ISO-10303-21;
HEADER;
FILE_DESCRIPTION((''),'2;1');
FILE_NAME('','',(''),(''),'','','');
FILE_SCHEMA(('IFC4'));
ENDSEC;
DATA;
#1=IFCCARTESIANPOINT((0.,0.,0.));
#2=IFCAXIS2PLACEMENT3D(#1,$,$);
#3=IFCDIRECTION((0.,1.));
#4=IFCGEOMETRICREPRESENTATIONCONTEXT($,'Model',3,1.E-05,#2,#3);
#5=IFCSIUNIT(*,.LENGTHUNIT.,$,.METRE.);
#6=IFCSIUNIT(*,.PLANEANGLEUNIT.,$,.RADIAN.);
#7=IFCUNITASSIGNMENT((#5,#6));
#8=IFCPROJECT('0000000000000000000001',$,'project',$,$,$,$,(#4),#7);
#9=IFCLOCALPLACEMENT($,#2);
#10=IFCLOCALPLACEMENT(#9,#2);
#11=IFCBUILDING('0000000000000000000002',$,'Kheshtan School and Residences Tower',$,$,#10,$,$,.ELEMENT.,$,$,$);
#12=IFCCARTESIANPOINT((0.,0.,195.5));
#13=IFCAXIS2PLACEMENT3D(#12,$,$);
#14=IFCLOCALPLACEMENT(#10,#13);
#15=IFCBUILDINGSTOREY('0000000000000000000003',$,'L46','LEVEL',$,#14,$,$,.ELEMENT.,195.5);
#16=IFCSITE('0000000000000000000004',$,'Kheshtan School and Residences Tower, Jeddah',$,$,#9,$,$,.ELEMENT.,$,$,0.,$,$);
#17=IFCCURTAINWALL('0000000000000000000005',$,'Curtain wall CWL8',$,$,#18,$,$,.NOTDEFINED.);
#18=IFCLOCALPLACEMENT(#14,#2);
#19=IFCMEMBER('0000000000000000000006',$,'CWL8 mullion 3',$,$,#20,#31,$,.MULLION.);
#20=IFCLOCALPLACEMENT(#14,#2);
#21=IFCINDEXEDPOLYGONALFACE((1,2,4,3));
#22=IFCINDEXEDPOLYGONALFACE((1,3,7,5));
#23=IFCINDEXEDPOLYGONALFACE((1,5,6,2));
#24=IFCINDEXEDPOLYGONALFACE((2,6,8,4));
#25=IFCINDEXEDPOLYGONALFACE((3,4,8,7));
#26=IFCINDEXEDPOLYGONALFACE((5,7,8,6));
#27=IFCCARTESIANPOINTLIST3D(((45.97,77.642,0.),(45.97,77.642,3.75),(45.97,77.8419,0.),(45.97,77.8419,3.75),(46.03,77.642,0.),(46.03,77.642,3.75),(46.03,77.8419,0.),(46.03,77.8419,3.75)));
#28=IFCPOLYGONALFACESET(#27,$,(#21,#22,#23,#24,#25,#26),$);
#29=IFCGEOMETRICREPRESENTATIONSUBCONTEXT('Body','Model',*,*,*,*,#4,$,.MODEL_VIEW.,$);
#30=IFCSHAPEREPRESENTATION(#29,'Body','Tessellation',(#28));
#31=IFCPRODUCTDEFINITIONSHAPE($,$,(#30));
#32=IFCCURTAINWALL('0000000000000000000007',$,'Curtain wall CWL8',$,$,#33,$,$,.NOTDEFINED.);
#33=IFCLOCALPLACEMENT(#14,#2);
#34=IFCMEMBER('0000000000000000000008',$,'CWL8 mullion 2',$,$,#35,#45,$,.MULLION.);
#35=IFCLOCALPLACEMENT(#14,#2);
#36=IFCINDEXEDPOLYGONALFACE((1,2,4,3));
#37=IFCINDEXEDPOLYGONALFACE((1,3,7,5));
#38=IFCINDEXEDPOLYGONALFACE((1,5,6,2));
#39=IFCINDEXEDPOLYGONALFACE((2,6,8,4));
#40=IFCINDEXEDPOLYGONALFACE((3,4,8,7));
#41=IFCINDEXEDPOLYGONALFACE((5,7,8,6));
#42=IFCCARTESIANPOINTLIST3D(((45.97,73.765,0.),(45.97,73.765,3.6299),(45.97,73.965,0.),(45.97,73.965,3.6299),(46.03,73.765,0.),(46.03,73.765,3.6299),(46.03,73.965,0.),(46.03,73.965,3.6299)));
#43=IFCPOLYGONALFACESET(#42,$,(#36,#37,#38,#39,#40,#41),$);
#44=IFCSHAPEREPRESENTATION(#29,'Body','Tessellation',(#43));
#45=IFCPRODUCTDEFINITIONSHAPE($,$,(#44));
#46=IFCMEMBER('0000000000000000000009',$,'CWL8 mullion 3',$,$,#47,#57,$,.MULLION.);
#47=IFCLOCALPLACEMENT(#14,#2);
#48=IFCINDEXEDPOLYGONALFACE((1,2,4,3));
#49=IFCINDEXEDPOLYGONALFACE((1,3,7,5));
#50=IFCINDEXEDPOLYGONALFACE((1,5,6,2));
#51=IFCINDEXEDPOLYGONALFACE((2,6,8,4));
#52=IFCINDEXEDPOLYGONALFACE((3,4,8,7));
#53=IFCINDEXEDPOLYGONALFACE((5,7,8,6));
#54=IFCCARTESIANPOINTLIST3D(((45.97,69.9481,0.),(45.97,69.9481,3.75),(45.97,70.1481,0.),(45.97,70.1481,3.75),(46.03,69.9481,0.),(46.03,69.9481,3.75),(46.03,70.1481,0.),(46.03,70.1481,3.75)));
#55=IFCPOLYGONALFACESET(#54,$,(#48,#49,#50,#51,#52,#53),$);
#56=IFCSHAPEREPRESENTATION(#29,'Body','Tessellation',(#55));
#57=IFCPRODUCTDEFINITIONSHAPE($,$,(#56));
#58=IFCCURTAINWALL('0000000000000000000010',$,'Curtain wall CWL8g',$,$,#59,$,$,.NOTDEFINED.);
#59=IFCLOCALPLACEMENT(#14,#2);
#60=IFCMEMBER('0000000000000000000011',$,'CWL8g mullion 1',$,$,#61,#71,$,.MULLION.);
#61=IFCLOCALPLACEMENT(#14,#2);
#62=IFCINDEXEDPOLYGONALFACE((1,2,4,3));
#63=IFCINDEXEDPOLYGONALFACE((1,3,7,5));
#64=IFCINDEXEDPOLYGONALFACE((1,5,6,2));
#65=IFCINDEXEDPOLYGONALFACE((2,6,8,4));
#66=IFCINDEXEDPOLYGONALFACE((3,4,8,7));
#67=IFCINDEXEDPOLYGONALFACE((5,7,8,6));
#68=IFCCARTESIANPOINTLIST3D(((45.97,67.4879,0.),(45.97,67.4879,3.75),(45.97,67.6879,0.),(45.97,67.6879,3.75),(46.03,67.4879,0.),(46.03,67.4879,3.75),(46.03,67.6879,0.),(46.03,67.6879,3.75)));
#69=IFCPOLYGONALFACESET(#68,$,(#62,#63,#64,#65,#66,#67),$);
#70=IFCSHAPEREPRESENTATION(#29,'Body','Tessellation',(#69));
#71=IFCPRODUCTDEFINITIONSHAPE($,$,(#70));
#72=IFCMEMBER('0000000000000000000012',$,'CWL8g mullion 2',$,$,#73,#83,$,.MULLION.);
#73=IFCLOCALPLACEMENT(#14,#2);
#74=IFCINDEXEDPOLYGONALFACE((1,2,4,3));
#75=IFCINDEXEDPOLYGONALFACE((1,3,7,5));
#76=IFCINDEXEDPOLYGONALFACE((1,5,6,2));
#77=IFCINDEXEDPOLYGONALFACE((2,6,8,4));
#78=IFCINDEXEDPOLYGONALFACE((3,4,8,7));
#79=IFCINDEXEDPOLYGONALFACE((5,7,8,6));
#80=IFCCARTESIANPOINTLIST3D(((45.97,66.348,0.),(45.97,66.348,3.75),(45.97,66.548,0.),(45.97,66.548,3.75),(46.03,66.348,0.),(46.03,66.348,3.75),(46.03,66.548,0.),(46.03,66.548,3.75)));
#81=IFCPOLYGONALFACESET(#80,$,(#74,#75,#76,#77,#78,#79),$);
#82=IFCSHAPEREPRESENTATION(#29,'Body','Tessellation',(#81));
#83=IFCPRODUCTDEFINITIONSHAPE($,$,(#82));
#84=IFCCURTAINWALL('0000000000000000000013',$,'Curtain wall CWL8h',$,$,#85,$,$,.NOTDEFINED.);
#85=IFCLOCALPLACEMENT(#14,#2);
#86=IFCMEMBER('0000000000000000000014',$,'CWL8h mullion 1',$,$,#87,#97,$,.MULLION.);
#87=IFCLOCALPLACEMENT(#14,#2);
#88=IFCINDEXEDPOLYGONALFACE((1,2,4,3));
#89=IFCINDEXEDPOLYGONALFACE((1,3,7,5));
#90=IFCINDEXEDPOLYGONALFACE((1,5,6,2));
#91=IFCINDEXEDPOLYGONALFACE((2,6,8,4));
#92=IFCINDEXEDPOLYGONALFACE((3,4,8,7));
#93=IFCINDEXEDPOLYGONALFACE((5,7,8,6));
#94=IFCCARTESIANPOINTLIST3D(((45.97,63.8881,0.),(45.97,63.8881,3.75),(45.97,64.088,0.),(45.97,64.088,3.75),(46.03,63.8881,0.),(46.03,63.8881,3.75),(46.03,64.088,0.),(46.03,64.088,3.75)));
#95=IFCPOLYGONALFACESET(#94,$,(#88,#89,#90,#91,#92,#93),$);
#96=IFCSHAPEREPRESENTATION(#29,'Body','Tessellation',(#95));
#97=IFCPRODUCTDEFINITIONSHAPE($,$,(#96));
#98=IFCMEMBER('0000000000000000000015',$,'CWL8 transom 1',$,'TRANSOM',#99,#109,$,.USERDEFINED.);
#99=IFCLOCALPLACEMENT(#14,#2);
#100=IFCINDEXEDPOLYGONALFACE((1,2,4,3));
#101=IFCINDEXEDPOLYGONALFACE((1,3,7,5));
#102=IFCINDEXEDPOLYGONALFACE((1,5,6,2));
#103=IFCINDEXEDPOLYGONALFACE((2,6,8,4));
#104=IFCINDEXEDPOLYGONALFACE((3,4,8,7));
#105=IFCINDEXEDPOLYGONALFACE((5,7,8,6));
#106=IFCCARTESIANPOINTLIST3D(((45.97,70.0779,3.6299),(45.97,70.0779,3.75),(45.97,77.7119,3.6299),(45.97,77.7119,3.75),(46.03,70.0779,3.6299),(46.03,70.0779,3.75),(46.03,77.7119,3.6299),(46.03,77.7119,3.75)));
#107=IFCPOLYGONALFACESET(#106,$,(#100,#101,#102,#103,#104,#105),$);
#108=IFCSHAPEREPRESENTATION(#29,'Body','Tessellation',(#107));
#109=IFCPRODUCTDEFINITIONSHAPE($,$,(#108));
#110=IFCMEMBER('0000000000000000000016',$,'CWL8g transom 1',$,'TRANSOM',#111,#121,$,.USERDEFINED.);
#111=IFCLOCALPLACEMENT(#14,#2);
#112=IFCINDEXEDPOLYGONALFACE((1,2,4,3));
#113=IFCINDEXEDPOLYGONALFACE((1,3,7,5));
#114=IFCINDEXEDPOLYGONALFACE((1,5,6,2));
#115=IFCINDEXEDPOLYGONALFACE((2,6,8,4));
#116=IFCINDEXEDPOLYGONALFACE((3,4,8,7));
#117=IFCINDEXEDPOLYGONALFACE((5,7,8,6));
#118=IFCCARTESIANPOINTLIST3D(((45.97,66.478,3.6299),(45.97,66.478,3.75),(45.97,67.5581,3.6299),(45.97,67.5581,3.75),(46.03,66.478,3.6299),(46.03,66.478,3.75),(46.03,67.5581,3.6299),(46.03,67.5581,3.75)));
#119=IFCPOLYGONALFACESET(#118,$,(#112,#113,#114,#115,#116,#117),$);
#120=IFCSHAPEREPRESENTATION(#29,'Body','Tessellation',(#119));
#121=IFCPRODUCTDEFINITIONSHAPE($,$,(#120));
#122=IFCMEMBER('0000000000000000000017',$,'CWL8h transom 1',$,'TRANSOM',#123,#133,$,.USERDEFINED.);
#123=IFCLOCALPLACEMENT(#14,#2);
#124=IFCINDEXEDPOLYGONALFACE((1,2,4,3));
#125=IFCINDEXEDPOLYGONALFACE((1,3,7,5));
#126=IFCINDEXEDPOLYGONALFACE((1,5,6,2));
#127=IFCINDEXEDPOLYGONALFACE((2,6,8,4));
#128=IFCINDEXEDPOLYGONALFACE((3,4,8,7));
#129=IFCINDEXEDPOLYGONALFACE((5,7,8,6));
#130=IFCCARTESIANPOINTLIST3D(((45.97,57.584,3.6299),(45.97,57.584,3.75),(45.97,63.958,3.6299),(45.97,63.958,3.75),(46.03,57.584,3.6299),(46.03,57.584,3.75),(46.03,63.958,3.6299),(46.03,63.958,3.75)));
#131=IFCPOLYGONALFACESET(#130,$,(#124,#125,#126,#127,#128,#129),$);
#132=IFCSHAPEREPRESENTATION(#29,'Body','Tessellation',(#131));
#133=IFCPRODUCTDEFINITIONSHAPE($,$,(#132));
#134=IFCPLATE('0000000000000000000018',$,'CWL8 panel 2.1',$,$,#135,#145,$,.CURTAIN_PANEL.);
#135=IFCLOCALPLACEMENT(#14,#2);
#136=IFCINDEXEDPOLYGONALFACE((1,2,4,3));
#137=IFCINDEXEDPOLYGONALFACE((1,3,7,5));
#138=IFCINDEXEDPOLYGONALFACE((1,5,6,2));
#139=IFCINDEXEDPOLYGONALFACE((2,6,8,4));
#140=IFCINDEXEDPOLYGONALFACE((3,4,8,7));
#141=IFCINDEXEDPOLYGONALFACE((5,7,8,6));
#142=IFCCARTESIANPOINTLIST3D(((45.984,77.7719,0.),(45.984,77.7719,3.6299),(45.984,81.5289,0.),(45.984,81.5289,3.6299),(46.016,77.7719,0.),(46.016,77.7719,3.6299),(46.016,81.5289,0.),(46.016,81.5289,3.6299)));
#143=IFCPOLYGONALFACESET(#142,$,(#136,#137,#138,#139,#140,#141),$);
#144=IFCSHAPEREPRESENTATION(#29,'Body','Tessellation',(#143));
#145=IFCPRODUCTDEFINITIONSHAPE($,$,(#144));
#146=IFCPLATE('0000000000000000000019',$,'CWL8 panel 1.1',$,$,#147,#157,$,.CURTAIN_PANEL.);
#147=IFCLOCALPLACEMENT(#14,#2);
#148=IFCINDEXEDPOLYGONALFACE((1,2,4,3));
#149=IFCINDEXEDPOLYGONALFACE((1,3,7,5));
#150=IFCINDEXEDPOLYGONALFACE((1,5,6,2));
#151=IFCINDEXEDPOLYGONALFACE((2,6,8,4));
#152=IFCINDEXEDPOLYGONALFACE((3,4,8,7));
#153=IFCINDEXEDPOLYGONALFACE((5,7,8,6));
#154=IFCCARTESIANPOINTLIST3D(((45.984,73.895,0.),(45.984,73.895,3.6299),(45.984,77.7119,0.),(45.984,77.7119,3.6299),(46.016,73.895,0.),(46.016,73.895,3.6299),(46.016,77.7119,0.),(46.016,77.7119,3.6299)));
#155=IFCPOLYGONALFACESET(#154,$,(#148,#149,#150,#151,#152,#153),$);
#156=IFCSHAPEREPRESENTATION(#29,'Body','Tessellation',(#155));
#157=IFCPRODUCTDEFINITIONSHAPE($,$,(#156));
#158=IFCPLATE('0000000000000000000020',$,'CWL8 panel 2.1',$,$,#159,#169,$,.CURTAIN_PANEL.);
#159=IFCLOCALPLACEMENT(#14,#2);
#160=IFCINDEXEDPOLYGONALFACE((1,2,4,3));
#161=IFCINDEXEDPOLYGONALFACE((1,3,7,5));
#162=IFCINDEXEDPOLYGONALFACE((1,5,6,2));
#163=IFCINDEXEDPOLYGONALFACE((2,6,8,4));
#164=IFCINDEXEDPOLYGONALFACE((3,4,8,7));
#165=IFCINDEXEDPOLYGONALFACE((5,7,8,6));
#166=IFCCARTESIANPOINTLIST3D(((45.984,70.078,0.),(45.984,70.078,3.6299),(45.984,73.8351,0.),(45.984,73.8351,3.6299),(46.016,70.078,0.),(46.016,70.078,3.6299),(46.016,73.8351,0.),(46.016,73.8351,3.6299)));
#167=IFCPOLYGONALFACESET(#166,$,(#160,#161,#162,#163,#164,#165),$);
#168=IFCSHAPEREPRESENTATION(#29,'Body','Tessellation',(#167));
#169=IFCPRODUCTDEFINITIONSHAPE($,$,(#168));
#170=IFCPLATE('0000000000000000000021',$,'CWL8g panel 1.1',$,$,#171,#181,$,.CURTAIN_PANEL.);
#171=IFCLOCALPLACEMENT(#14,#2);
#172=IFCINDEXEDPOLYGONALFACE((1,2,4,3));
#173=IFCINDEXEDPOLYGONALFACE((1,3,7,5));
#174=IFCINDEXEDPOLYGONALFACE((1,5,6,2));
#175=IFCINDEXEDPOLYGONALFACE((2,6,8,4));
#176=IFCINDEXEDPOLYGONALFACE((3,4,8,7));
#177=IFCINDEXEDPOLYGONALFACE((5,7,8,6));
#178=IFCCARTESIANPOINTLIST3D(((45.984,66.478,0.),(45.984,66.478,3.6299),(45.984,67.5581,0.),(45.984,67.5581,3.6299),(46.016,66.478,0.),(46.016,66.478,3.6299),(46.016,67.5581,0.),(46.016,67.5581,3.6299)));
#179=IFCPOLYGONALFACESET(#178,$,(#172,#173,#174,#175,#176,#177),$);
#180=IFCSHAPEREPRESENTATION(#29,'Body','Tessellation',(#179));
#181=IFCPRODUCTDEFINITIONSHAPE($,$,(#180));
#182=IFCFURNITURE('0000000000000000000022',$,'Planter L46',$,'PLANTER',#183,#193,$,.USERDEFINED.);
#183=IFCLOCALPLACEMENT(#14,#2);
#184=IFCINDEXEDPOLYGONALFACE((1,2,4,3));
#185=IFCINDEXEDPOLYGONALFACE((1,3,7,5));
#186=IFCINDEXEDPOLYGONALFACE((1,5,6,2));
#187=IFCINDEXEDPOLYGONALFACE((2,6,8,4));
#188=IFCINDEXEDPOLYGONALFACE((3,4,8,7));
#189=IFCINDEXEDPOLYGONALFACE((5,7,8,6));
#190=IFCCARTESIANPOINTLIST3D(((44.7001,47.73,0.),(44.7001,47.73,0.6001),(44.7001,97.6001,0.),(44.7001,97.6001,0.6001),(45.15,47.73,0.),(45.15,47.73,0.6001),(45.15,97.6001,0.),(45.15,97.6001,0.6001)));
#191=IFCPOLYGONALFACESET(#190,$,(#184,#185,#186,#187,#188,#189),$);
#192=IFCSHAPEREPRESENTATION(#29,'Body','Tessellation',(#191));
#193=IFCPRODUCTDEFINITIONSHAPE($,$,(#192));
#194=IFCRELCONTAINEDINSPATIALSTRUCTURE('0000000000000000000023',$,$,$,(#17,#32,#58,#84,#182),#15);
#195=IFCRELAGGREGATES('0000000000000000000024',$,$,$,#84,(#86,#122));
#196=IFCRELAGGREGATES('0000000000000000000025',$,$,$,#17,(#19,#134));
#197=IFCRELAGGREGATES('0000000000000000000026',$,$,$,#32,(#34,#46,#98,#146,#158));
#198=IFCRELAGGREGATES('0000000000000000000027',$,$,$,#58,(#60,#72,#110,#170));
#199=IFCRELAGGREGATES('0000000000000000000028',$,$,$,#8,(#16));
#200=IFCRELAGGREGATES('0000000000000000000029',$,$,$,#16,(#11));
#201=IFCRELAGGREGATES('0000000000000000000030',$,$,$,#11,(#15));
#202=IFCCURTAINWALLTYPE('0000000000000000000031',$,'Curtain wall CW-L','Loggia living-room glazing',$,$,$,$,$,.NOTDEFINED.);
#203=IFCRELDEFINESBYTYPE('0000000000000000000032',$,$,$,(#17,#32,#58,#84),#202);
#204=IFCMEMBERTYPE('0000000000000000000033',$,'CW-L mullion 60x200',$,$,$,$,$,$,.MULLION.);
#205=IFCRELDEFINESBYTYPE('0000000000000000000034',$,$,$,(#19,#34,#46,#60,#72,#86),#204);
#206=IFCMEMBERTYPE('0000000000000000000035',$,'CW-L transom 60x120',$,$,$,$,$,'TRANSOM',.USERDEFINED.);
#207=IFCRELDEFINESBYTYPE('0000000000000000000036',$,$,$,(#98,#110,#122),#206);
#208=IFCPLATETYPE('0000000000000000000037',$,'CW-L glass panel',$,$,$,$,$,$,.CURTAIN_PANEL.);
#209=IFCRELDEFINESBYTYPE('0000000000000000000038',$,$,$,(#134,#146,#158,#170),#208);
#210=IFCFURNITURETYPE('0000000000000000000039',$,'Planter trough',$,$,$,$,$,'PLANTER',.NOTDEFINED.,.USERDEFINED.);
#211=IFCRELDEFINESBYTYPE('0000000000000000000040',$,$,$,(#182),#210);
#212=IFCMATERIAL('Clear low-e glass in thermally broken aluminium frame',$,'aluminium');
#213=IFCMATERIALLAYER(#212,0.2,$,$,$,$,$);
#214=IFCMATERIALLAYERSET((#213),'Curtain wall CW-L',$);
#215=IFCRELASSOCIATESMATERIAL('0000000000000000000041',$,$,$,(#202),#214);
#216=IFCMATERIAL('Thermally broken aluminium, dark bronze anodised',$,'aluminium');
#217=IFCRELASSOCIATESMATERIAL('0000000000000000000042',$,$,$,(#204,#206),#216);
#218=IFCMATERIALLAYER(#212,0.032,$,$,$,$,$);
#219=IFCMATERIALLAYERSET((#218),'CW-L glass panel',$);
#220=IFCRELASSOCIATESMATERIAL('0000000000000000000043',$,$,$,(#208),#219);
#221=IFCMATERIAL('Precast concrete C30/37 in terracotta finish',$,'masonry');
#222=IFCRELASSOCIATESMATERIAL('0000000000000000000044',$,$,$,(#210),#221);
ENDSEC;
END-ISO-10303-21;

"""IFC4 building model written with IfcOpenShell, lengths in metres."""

from ifc_helpers import new_model, si_unit, direction, frame, origin, origin_2d, place, context, subcontext, project, spatial, rectangle, extrude, material, layer, layer_set, material_profile, profile_set, type_object, element, aggregate, save


model = new_model("IFC4")

# Units and contexts
model_context = context("Model", 3, precision=1e-05, world=origin(), true_north=direction((0.0, 1.0)))
body_context = subcontext(model_context, "Body", "Model", "MODEL_VIEW")
ifc_project = project(units=[si_unit("LENGTHUNIT", "METRE"), si_unit("PLANEANGLEUNIT", "RADIAN")], contexts=[model_context])

# Site, building, storey
site_placement = place(None, origin())
site = spatial("IfcSite", under=ifc_project, at=site_placement, Name="Kheshtan School and Residences Tower, Jeddah", CompositionType="ELEMENT", RefElevation=0.0)
building_placement = place(site_placement, origin())
building = spatial("IfcBuilding", under=site, at=building_placement, Name="Kheshtan School and Residences Tower", CompositionType="ELEMENT")
storey_placement = place(building_placement, frame((0.0, 0.0, 195.5)))
storey = spatial("IfcBuildingStorey", under=building, at=storey_placement, Name="L46", Description="LEVEL", CompositionType="ELEMENT", Elevation=195.5)

# Curtain wall, member
ifc_material_1 = material(Name="Clear low-e glass in thermally broken aluminium frame", Category="aluminium")
ifc_layer_1 = layer(ifc_material_1, 0.2)
ifc_layer_set_1 = layer_set([ifc_layer_1], Name="Curtain wall CW-L")
curtain_wall_type = type_object("IfcCurtainWallType", Name="Curtain wall CW-L", Description="Loggia living-room glazing", PredefinedType="NOTDEFINED", material=ifc_layer_set_1)
curtain_wall_1_placement = place(storey_placement, origin())
curtain_wall_1 = element("IfcCurtainWall", 1, at=curtain_wall_1_placement, inside=storey, type_object=curtain_wall_type, Name="Curtain wall CWL8", PredefinedType="NOTDEFINED")
ifc_material_2 = material(Name="Thermally broken aluminium, dark bronze anodised", Category="aluminium")
ifc_material_profile_1 = material_profile(ifc_material_2, rectangle(XDim=0.0601, YDim=0.2, at=origin_2d()), Name="CW-L mullion 60x200")
ifc_profile_set_1 = profile_set([ifc_material_profile_1], Name="Thermally broken aluminium, dark bronze anodised")
member_type_1 = type_object("IfcMemberType", Name="CW-L mullion 60x200", PredefinedType="MULLION", material=ifc_profile_set_1)
member_1_placement = place(storey_placement, frame((46.0, 77.7419, 0.0), z_axis=(0.0, 0.0, 1.0), x_axis=(1.0, 0.0, 0.0)))
member_1 = element("IfcMember", 2, at=member_1_placement, type_object=member_type_1, Name="CWL8 mullion 3", PredefinedType="MULLION", context=body_context, shape_type="SweptSolid", body=[
    extrude(rectangle(XDim=0.0601, YDim=0.2, at=origin_2d()), origin(), (0.0, 0.0, 1.0), 3.75),
])

# Curtain walls, members
curtain_wall_2_placement = place(storey_placement, origin())
curtain_wall_2 = element("IfcCurtainWall", 3, at=curtain_wall_2_placement, inside=storey, type_object=curtain_wall_type, Name="Curtain wall CWL8", PredefinedType="NOTDEFINED")
member_2_placement = place(storey_placement, frame((46.0, 73.865, 0.0), z_axis=(0.0, 0.0, 1.0), x_axis=(1.0, 0.0, 0.0)))
member_2 = element("IfcMember", 4, at=member_2_placement, type_object=member_type_1, Name="CWL8 mullion 2", PredefinedType="MULLION", context=body_context, shape_type="SweptSolid", body=[
    extrude(rectangle(XDim=0.0601, YDim=0.2, at=origin_2d()), origin(), (0.0, 0.0, 1.0), 3.6299),
])
member_3_placement = place(storey_placement, frame((46.0, 70.0481, 0.0), z_axis=(0.0, 0.0, 1.0), x_axis=(1.0, 0.0, 0.0)))
member_3 = element("IfcMember", 5, at=member_3_placement, type_object=member_type_1, Name="CWL8 mullion 3", PredefinedType="MULLION", context=body_context, shape_type="SweptSolid", body=[
    extrude(rectangle(XDim=0.0601, YDim=0.2, at=origin_2d()), origin(), (0.0, 0.0, 1.0), 3.75),
])
curtain_wall_3_placement = place(storey_placement, origin())
curtain_wall_3 = element("IfcCurtainWall", 6, at=curtain_wall_3_placement, inside=storey, type_object=curtain_wall_type, Name="Curtain wall CWL8g", PredefinedType="NOTDEFINED")
member_4_placement = place(storey_placement, frame((46.0, 67.5879, 0.0), z_axis=(0.0, 0.0, 1.0), x_axis=(1.0, 0.0, 0.0)))
member_4 = element("IfcMember", 7, at=member_4_placement, type_object=member_type_1, Name="CWL8g mullion 1", PredefinedType="MULLION", context=body_context, shape_type="SweptSolid", body=[
    extrude(rectangle(XDim=0.0601, YDim=0.2, at=origin_2d()), origin(), (0.0, 0.0, 1.0), 3.75),
])
member_5_placement = place(storey_placement, frame((46.0, 66.448, 0.0), z_axis=(0.0, 0.0, 1.0), x_axis=(1.0, 0.0, 0.0)))
member_5 = element("IfcMember", 8, at=member_5_placement, type_object=member_type_1, Name="CWL8g mullion 2", PredefinedType="MULLION", context=body_context, shape_type="SweptSolid", body=[
    extrude(rectangle(XDim=0.0601, YDim=0.2, at=origin_2d()), origin(), (0.0, 0.0, 1.0), 3.75),
])

# Curtain wall, member
curtain_wall_4_placement = place(storey_placement, origin())
curtain_wall_4 = element("IfcCurtainWall", 9, at=curtain_wall_4_placement, inside=storey, type_object=curtain_wall_type, Name="Curtain wall CWL8h", PredefinedType="NOTDEFINED")
member_6_placement = place(storey_placement, frame((46.0, 63.988, 0.0), z_axis=(0.0, 0.0, 1.0), x_axis=(1.0, 0.0, 0.0)))
member_6 = element("IfcMember", 10, at=member_6_placement, type_object=member_type_1, Name="CWL8h mullion 1", PredefinedType="MULLION", context=body_context, shape_type="SweptSolid", body=[
    extrude(rectangle(XDim=0.0601, YDim=0.2, at=origin_2d()), origin(), (0.0, 0.0, 1.0), 3.75),
])

# Members
ifc_material_profile_2 = material_profile(ifc_material_2, rectangle(XDim=0.0601, YDim=0.1201, at=origin_2d()), Name="CW-L transom 60x120")
ifc_profile_set_2 = profile_set([ifc_material_profile_2], Name="Thermally broken aluminium, dark bronze anodised")
member_type_2 = type_object("IfcMemberType", Name="CW-L transom 60x120", ElementType="TRANSOM", PredefinedType="USERDEFINED", material=ifc_profile_set_2)
member_7_placement = place(storey_placement, frame((46.0, 77.7119, 3.6899), z_axis=(0.0, -1.0, 0.0), x_axis=(1.0, 0.0, 0.0)))
member_7 = element("IfcMember", 11, at=member_7_placement, type_object=member_type_2, Name="CWL8 transom 1", ObjectType="TRANSOM", PredefinedType="USERDEFINED", context=body_context, shape_type="SweptSolid", body=[
    extrude(rectangle(XDim=0.0601, YDim=0.1201, at=origin_2d()), origin(), (0.0, 0.0, 1.0), 7.634),
])
member_8_placement = place(storey_placement, frame((46.0, 67.5581, 3.6899), z_axis=(0.0, -1.0, 0.0), x_axis=(1.0, 0.0, 0.0)))
member_8 = element("IfcMember", 12, at=member_8_placement, type_object=member_type_2, Name="CWL8g transom 1", ObjectType="TRANSOM", PredefinedType="USERDEFINED", context=body_context, shape_type="SweptSolid", body=[
    extrude(rectangle(XDim=0.0601, YDim=0.1201, at=origin_2d()), origin(), (0.0, 0.0, 1.0), 1.0801),
])
member_9_placement = place(storey_placement, frame((46.0, 63.958, 3.6899), z_axis=(0.0, -1.0, 0.0), x_axis=(1.0, 0.0, 0.0)))
member_9 = element("IfcMember", 13, at=member_9_placement, type_object=member_type_2, Name="CWL8h transom 1", ObjectType="TRANSOM", PredefinedType="USERDEFINED", context=body_context, shape_type="SweptSolid", body=[
    extrude(rectangle(XDim=0.0601, YDim=0.1201, at=origin_2d()), origin(), (0.0, 0.0, 1.0), 6.374),
])
aggregate(curtain_wall_4, [member_6, member_9])

# Plates
ifc_layer_2 = layer(ifc_material_1, 0.032)
ifc_layer_set_2 = layer_set([ifc_layer_2], Name="CW-L glass panel")
plate_type = type_object("IfcPlateType", Name="CW-L glass panel", PredefinedType="CURTAIN_PANEL", material=ifc_layer_set_2)
plate_1_placement = place(storey_placement, frame((46.0, 79.6504, 0.0), z_axis=(0.0, 0.0, 1.0), x_axis=(0.0, -1.0, 0.0)))
plate_1 = element("IfcPlate", 14, at=plate_1_placement, type_object=plate_type, Name="CWL8 panel 2.1", PredefinedType="CURTAIN_PANEL", context=body_context, shape_type="SweptSolid", body=[
    extrude(rectangle(XDim=3.7571, YDim=0.032, at=origin_2d()), origin(), (0.0, 0.0, 1.0), 3.6299),
])
aggregate(curtain_wall_1, [member_1, plate_1])
plate_2_placement = place(storey_placement, frame((46.0, 75.8035, 0.0), z_axis=(0.0, 0.0, 1.0), x_axis=(0.0, -1.0, 0.0)))
plate_2 = element("IfcPlate", 15, at=plate_2_placement, type_object=plate_type, Name="CWL8 panel 1.1", PredefinedType="CURTAIN_PANEL", context=body_context, shape_type="SweptSolid", body=[
    extrude(rectangle(XDim=3.8169, YDim=0.032, at=origin_2d()), origin(), (0.0, 0.0, 1.0), 3.6299),
])
plate_3_placement = place(storey_placement, frame((46.0, 71.9565, 0.0), z_axis=(0.0, 0.0, 1.0), x_axis=(0.0, -1.0, 0.0)))
plate_3 = element("IfcPlate", 16, at=plate_3_placement, type_object=plate_type, Name="CWL8 panel 2.1", PredefinedType="CURTAIN_PANEL", context=body_context, shape_type="SweptSolid", body=[
    extrude(rectangle(XDim=3.7571, YDim=0.032, at=origin_2d()), origin(), (0.0, 0.0, 1.0), 3.6299),
])
aggregate(curtain_wall_2, [member_2, member_3, member_7, plate_2, plate_3])
plate_4_placement = place(storey_placement, frame((46.0, 67.0181, 0.0), z_axis=(0.0, 0.0, 1.0), x_axis=(0.0, -1.0, 0.0)))
plate_4 = element("IfcPlate", 17, at=plate_4_placement, type_object=plate_type, Name="CWL8g panel 1.1", PredefinedType="CURTAIN_PANEL", context=body_context, shape_type="SweptSolid", body=[
    extrude(rectangle(XDim=1.0801, YDim=0.032, at=origin_2d()), origin(), (0.0, 0.0, 1.0), 3.6299),
])
aggregate(curtain_wall_3, [member_4, member_5, member_8, plate_4])

# Furniture
ifc_material_3 = material(Name="Precast concrete C30/37 in terracotta finish", Category="masonry")
furniture_type = type_object("IfcFurnitureType", Name="Planter trough", ElementType="PLANTER", AssemblyPlace="NOTDEFINED", PredefinedType="USERDEFINED", material=ifc_material_3)
furniture_placement = place(storey_placement, frame((44.925, 72.665, 0.0), z_axis=(0.0, 0.0, 1.0), x_axis=(0.0, -1.0, 0.0)))
element("IfcFurniture", 18, at=furniture_placement, inside=storey, type_object=furniture_type, Name="Planter L46", ObjectType="PLANTER", PredefinedType="USERDEFINED", context=body_context, shape_type="SweptSolid", body=[
    extrude(rectangle(XDim=49.8701, YDim=0.45, at=origin_2d()), origin(), (0.0, 0.0, 1.0), 0.6001),
])

save(model, "model.ifc")
